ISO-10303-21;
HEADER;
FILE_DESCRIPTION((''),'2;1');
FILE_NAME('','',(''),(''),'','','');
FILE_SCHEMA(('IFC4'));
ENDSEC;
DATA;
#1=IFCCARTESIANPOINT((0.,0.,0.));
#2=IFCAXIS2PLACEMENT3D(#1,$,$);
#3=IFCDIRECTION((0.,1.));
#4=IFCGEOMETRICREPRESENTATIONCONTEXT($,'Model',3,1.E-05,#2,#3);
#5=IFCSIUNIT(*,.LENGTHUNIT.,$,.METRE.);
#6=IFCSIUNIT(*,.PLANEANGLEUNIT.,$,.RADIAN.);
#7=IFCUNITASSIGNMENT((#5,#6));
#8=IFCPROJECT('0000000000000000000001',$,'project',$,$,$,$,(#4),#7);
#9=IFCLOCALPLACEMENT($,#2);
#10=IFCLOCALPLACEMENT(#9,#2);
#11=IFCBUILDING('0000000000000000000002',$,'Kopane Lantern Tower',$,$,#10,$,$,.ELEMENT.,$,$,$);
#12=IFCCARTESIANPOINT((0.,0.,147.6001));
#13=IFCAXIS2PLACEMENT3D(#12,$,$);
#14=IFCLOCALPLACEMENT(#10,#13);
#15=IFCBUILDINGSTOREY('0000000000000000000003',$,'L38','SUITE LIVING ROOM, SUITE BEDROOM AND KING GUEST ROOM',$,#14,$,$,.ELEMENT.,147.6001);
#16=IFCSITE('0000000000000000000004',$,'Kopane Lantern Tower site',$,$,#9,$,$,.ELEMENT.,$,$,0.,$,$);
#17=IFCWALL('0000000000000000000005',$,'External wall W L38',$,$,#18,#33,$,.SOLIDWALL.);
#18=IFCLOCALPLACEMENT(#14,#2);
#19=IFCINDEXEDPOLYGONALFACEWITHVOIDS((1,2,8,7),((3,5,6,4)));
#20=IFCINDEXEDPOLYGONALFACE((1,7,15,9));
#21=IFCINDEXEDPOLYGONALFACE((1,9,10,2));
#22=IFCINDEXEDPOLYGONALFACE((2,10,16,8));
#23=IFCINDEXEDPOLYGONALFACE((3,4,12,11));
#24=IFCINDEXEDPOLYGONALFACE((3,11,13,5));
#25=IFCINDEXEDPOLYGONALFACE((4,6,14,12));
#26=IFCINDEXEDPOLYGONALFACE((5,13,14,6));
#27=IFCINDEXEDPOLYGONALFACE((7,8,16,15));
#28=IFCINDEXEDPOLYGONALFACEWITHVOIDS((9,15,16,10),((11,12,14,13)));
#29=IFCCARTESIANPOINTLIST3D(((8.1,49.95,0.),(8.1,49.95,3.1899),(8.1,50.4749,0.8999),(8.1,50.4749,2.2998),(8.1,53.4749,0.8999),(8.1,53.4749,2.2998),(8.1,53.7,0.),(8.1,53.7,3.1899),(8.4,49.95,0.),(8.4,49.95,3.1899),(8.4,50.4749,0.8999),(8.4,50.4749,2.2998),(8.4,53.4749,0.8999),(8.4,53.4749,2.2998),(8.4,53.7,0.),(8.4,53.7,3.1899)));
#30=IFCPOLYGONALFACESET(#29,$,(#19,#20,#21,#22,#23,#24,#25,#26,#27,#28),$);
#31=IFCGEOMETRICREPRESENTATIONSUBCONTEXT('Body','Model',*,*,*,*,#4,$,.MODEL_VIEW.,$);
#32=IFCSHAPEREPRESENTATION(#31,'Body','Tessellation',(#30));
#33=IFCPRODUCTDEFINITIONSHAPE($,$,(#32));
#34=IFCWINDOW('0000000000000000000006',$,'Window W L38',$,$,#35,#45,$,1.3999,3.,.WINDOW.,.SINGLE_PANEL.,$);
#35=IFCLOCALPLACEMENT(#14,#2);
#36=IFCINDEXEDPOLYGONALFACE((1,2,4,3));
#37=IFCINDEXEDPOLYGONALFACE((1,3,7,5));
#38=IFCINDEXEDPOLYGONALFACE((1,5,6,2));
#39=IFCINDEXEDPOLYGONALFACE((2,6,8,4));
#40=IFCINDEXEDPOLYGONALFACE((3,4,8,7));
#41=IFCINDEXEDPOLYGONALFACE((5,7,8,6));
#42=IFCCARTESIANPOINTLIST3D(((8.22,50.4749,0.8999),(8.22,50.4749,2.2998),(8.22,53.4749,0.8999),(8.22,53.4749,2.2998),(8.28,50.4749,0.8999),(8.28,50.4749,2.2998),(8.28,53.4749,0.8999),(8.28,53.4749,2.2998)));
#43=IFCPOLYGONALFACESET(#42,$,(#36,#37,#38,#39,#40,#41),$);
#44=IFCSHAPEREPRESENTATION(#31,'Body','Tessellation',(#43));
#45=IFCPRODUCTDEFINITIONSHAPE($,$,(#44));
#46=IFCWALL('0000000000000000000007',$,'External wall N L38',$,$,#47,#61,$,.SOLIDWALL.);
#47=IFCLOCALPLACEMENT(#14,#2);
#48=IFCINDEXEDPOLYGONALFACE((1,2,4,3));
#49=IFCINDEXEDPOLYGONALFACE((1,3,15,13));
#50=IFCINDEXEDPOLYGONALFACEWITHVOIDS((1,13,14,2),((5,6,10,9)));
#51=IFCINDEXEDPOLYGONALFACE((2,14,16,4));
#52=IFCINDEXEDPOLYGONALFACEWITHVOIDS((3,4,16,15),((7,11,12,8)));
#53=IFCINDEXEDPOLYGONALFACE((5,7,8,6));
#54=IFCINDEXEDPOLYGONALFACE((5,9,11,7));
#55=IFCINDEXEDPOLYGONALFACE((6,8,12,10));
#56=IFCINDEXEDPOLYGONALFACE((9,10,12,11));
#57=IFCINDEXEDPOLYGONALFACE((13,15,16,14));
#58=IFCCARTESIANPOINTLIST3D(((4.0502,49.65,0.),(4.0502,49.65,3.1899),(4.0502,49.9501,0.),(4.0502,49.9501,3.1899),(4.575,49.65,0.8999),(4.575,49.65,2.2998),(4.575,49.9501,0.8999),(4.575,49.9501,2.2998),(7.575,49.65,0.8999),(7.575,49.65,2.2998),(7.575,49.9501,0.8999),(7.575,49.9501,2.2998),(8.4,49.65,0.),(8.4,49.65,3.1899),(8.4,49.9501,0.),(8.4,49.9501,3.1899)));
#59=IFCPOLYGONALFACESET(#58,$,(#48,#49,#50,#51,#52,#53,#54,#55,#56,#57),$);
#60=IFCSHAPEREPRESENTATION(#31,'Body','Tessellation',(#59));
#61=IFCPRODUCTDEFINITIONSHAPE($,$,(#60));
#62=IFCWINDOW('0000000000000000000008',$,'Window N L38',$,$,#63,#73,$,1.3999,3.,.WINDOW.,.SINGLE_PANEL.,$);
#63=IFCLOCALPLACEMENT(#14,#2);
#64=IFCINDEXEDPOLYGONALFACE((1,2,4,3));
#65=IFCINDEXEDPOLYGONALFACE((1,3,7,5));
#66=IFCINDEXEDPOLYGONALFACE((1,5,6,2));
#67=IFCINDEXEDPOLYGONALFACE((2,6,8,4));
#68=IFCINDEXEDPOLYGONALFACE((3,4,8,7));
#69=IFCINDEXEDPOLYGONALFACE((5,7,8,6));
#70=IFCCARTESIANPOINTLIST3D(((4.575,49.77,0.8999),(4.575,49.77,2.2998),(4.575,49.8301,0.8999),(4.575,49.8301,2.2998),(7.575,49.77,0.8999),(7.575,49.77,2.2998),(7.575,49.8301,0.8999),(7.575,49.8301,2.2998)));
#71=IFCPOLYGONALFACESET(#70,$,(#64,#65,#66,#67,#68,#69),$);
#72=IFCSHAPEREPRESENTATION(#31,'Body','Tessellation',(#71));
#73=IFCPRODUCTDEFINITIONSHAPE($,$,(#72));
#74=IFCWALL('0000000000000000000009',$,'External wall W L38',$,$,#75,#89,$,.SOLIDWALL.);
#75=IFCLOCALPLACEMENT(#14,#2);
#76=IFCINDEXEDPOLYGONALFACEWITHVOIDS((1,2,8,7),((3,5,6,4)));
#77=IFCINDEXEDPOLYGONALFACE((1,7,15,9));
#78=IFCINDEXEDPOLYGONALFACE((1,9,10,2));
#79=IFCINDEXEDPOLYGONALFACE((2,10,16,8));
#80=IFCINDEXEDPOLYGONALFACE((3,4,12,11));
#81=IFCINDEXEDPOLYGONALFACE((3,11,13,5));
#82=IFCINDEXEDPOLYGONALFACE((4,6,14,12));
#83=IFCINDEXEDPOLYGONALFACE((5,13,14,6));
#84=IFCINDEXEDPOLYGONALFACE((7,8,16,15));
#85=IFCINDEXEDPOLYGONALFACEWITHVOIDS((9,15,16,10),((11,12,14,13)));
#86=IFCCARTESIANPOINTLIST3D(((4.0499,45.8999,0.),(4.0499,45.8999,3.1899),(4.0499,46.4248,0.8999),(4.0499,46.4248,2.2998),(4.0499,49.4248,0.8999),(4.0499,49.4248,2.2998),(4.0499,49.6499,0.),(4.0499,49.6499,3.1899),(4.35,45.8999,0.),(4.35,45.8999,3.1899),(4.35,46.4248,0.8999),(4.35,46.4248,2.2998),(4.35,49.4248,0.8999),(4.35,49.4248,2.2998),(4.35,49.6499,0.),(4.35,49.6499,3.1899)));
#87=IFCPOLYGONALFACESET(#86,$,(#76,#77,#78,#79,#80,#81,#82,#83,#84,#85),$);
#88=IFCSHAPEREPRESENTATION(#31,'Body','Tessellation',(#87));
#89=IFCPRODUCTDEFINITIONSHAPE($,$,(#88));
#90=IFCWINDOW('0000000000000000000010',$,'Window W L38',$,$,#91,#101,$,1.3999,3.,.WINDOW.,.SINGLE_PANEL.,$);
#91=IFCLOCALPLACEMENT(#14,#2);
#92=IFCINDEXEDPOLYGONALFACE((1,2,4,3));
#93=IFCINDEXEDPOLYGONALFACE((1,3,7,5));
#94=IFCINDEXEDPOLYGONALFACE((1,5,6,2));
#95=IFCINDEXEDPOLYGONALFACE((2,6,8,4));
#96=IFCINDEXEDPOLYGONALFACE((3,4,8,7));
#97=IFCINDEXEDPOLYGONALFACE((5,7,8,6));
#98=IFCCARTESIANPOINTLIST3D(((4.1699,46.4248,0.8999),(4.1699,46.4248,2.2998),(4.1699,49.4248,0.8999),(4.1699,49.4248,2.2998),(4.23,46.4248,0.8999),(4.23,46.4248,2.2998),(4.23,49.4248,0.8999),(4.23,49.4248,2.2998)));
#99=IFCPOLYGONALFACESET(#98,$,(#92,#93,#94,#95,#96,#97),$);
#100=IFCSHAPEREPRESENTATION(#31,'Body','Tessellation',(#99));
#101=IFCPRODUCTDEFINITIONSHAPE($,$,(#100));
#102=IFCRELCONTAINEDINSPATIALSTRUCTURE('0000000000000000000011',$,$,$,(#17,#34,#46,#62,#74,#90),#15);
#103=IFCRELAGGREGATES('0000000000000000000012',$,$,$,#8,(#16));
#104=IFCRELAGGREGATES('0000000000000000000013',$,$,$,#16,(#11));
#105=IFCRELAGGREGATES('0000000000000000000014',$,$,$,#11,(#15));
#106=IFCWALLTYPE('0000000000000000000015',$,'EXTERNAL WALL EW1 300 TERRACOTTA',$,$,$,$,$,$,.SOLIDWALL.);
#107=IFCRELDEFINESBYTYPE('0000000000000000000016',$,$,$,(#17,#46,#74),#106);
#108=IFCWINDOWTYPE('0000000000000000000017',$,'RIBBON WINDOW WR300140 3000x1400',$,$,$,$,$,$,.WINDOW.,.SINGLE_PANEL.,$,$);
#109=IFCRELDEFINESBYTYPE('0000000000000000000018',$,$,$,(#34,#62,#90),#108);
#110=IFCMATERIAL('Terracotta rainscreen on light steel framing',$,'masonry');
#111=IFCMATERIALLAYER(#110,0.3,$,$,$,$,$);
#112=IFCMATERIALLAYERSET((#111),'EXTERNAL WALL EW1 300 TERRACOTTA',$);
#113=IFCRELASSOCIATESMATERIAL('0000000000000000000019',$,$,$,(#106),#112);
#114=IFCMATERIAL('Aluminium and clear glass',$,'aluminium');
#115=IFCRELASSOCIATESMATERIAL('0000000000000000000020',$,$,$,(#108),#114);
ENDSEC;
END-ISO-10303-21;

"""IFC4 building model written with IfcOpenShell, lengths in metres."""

from ifc_helpers import new_model, si_unit, direction, frame, frame_2d, origin, place, context, subcontext, project, spatial, rectangle, extrude, material, layer, layer_set, type_object, element, fill, save


model = new_model("IFC4")

# Units and contexts
model_context = context("Model", 3, precision=1e-05, world=origin(), true_north=direction((0.0, 1.0)))
body_context = subcontext(model_context, "Body", "Model", "MODEL_VIEW")
ifc_project = project(units=[si_unit("LENGTHUNIT", "METRE"), si_unit("PLANEANGLEUNIT", "RADIAN")], contexts=[model_context])

# Site, building, storey
site_placement = place(None, origin())
site = spatial("IfcSite", under=ifc_project, at=site_placement, Name="Kopane Lantern Tower site", CompositionType="ELEMENT", RefElevation=0.0)
building_placement = place(site_placement, origin())
building = spatial("IfcBuilding", under=site, at=building_placement, Name="Kopane Lantern Tower", CompositionType="ELEMENT")
storey_placement = place(building_placement, frame((0.0, 0.0, 147.6001)))
storey = spatial("IfcBuildingStorey", under=building, at=storey_placement, Name="L38", Description="SUITE LIVING ROOM, SUITE BEDROOM AND KING GUEST ROOM", CompositionType="ELEMENT", Elevation=147.6001)

# Walls, openings, windows
ifc_material_1 = material(Name="Terracotta rainscreen on light steel framing", Category="masonry")
ifc_layer_1 = layer(ifc_material_1, 0.3)
ifc_layer_set_1 = layer_set([ifc_layer_1], Name="EXTERNAL WALL EW1 300 TERRACOTTA")
wall_type_1 = type_object("IfcWallType", Name="EXTERNAL WALL EW1 300 TERRACOTTA", PredefinedType="SOLIDWALL", material=ifc_layer_set_1)
wall_1_placement = place(storey_placement, frame((8.25, 53.7, 0.0), z_axis=(0.0, 0.0, 1.0), x_axis=(0.0, -1.0, 0.0)))
wall_1 = element("IfcWall", 1, at=wall_1_placement, inside=storey, type_object=wall_type_1, Name="External wall W L38", PredefinedType="SOLIDWALL", context=body_context, shape_type="SweptSolid", body=[
    extrude(rectangle(XDim=3.75, YDim=0.3, at=frame_2d((1.875, 0.0))), origin(), (0.0, 0.0, 1.0), 3.1899),
])
opening_1_placement = place(wall_1_placement, frame((0.2251, 0.0, 0.8999)))
opening_1 = element("IfcOpeningElement", 2, at=opening_1_placement, cuts=wall_1, PredefinedType="OPENING", context=body_context, shape_type="SweptSolid", body=[
    extrude(rectangle(XDim=3.0, YDim=1.3999, at=frame_2d((1.5, 0.7))), frame((0.0, 0.1599, 0.0), z_axis=(0.0, -1.0, 0.0), x_axis=(1.0, 0.0, 0.0)), (0.0, 0.0, 1.0), 0.3201),
])
ifc_material_2 = material(Name="Aluminium and clear glass", Category="aluminium")
window_type = type_object("IfcWindowType", Name="RIBBON WINDOW WR300140 3000x1400", PartitioningType="SINGLE_PANEL", PredefinedType="WINDOW", material=ifc_material_2)
window_1_placement = place(opening_1_placement, origin())
window_1 = element("IfcWindow", 3, at=window_1_placement, inside=storey, type_object=window_type, Name="Window W L38", OverallHeight=1.3999, OverallWidth=3.0, PartitioningType="SINGLE_PANEL", PredefinedType="WINDOW", context=body_context, shape_type="SweptSolid", body=[
    extrude(rectangle(XDim=3.0, YDim=1.3999, at=frame_2d((1.5, 0.7))), frame((0.0, 0.03, 0.0), z_axis=(0.0, -1.0, 0.0), x_axis=(1.0, 0.0, 0.0)), (0.0, 0.0, 1.0), 0.0601),
])
fill(opening_1, window_1)
wall_2_placement = place(storey_placement, frame((8.3999, 49.8, 0.0), z_axis=(0.0, 0.0, 1.0), x_axis=(-1.0, 0.0, 0.0)))
wall_2 = element("IfcWall", 4, at=wall_2_placement, inside=storey, type_object=wall_type_1, Name="External wall N L38", PredefinedType="SOLIDWALL", context=body_context, shape_type="SweptSolid", body=[
    extrude(rectangle(XDim=4.3499, YDim=0.3, at=frame_2d((2.1748, 0.0))), origin(), (0.0, 0.0, 1.0), 3.1899),
])
opening_2_placement = place(wall_2_placement, frame((0.825, 0.0, 0.8999)))
opening_2 = element("IfcOpeningElement", 5, at=opening_2_placement, cuts=wall_2, PredefinedType="OPENING", context=body_context, shape_type="SweptSolid", body=[
    extrude(rectangle(XDim=3.0, YDim=1.3999, at=frame_2d((1.5, 0.7))), frame((0.0, 0.1599, 0.0), z_axis=(0.0, -1.0, 0.0), x_axis=(1.0, 0.0, 0.0)), (0.0, 0.0, 1.0), 0.3201),
])
window_2_placement = place(opening_2_placement, origin())
window_2 = element("IfcWindow", 6, at=window_2_placement, inside=storey, type_object=window_type, Name="Window N L38", OverallHeight=1.3999, OverallWidth=3.0, PartitioningType="SINGLE_PANEL", PredefinedType="WINDOW", context=body_context, shape_type="SweptSolid", body=[
    extrude(rectangle(XDim=3.0, YDim=1.3999, at=frame_2d((1.5, 0.7))), frame((0.0, 0.03, 0.0), z_axis=(0.0, -1.0, 0.0), x_axis=(1.0, 0.0, 0.0)), (0.0, 0.0, 1.0), 0.0601),
])
fill(opening_2, window_2)
wall_3_placement = place(storey_placement, frame((4.2, 49.6499, 0.0), z_axis=(0.0, 0.0, 1.0), x_axis=(0.0, -1.0, 0.0)))
wall_3 = element("IfcWall", 7, at=wall_3_placement, inside=storey, type_object=wall_type_1, Name="External wall W L38", PredefinedType="SOLIDWALL", context=body_context, shape_type="SweptSolid", body=[
    extrude(rectangle(XDim=3.75, YDim=0.3, at=frame_2d((1.875, 0.0))), origin(), (0.0, 0.0, 1.0), 3.1899),
])
opening_3_placement = place(wall_3_placement, frame((0.2251, 0.0, 0.8999)))
opening_3 = element("IfcOpeningElement", 8, at=opening_3_placement, cuts=wall_3, PredefinedType="OPENING", context=body_context, shape_type="SweptSolid", body=[
    extrude(rectangle(XDim=3.0, YDim=1.3999, at=frame_2d((1.5, 0.7))), frame((0.0, 0.1599, 0.0), z_axis=(0.0, -1.0, 0.0), x_axis=(1.0, 0.0, 0.0)), (0.0, 0.0, 1.0), 0.3201),
])
window_3_placement = place(opening_3_placement, origin())
window_3 = element("IfcWindow", 9, at=window_3_placement, inside=storey, type_object=window_type, Name="Window W L38", OverallHeight=1.3999, OverallWidth=3.0, PartitioningType="SINGLE_PANEL", PredefinedType="WINDOW", context=body_context, shape_type="SweptSolid", body=[
    extrude(rectangle(XDim=3.0, YDim=1.3999, at=frame_2d((1.5, 0.7))), frame((0.0, 0.03, 0.0), z_axis=(0.0, -1.0, 0.0), x_axis=(1.0, 0.0, 0.0)), (0.0, 0.0, 1.0), 0.0601),
])
fill(opening_3, window_3)

save(model, "model.ifc")
